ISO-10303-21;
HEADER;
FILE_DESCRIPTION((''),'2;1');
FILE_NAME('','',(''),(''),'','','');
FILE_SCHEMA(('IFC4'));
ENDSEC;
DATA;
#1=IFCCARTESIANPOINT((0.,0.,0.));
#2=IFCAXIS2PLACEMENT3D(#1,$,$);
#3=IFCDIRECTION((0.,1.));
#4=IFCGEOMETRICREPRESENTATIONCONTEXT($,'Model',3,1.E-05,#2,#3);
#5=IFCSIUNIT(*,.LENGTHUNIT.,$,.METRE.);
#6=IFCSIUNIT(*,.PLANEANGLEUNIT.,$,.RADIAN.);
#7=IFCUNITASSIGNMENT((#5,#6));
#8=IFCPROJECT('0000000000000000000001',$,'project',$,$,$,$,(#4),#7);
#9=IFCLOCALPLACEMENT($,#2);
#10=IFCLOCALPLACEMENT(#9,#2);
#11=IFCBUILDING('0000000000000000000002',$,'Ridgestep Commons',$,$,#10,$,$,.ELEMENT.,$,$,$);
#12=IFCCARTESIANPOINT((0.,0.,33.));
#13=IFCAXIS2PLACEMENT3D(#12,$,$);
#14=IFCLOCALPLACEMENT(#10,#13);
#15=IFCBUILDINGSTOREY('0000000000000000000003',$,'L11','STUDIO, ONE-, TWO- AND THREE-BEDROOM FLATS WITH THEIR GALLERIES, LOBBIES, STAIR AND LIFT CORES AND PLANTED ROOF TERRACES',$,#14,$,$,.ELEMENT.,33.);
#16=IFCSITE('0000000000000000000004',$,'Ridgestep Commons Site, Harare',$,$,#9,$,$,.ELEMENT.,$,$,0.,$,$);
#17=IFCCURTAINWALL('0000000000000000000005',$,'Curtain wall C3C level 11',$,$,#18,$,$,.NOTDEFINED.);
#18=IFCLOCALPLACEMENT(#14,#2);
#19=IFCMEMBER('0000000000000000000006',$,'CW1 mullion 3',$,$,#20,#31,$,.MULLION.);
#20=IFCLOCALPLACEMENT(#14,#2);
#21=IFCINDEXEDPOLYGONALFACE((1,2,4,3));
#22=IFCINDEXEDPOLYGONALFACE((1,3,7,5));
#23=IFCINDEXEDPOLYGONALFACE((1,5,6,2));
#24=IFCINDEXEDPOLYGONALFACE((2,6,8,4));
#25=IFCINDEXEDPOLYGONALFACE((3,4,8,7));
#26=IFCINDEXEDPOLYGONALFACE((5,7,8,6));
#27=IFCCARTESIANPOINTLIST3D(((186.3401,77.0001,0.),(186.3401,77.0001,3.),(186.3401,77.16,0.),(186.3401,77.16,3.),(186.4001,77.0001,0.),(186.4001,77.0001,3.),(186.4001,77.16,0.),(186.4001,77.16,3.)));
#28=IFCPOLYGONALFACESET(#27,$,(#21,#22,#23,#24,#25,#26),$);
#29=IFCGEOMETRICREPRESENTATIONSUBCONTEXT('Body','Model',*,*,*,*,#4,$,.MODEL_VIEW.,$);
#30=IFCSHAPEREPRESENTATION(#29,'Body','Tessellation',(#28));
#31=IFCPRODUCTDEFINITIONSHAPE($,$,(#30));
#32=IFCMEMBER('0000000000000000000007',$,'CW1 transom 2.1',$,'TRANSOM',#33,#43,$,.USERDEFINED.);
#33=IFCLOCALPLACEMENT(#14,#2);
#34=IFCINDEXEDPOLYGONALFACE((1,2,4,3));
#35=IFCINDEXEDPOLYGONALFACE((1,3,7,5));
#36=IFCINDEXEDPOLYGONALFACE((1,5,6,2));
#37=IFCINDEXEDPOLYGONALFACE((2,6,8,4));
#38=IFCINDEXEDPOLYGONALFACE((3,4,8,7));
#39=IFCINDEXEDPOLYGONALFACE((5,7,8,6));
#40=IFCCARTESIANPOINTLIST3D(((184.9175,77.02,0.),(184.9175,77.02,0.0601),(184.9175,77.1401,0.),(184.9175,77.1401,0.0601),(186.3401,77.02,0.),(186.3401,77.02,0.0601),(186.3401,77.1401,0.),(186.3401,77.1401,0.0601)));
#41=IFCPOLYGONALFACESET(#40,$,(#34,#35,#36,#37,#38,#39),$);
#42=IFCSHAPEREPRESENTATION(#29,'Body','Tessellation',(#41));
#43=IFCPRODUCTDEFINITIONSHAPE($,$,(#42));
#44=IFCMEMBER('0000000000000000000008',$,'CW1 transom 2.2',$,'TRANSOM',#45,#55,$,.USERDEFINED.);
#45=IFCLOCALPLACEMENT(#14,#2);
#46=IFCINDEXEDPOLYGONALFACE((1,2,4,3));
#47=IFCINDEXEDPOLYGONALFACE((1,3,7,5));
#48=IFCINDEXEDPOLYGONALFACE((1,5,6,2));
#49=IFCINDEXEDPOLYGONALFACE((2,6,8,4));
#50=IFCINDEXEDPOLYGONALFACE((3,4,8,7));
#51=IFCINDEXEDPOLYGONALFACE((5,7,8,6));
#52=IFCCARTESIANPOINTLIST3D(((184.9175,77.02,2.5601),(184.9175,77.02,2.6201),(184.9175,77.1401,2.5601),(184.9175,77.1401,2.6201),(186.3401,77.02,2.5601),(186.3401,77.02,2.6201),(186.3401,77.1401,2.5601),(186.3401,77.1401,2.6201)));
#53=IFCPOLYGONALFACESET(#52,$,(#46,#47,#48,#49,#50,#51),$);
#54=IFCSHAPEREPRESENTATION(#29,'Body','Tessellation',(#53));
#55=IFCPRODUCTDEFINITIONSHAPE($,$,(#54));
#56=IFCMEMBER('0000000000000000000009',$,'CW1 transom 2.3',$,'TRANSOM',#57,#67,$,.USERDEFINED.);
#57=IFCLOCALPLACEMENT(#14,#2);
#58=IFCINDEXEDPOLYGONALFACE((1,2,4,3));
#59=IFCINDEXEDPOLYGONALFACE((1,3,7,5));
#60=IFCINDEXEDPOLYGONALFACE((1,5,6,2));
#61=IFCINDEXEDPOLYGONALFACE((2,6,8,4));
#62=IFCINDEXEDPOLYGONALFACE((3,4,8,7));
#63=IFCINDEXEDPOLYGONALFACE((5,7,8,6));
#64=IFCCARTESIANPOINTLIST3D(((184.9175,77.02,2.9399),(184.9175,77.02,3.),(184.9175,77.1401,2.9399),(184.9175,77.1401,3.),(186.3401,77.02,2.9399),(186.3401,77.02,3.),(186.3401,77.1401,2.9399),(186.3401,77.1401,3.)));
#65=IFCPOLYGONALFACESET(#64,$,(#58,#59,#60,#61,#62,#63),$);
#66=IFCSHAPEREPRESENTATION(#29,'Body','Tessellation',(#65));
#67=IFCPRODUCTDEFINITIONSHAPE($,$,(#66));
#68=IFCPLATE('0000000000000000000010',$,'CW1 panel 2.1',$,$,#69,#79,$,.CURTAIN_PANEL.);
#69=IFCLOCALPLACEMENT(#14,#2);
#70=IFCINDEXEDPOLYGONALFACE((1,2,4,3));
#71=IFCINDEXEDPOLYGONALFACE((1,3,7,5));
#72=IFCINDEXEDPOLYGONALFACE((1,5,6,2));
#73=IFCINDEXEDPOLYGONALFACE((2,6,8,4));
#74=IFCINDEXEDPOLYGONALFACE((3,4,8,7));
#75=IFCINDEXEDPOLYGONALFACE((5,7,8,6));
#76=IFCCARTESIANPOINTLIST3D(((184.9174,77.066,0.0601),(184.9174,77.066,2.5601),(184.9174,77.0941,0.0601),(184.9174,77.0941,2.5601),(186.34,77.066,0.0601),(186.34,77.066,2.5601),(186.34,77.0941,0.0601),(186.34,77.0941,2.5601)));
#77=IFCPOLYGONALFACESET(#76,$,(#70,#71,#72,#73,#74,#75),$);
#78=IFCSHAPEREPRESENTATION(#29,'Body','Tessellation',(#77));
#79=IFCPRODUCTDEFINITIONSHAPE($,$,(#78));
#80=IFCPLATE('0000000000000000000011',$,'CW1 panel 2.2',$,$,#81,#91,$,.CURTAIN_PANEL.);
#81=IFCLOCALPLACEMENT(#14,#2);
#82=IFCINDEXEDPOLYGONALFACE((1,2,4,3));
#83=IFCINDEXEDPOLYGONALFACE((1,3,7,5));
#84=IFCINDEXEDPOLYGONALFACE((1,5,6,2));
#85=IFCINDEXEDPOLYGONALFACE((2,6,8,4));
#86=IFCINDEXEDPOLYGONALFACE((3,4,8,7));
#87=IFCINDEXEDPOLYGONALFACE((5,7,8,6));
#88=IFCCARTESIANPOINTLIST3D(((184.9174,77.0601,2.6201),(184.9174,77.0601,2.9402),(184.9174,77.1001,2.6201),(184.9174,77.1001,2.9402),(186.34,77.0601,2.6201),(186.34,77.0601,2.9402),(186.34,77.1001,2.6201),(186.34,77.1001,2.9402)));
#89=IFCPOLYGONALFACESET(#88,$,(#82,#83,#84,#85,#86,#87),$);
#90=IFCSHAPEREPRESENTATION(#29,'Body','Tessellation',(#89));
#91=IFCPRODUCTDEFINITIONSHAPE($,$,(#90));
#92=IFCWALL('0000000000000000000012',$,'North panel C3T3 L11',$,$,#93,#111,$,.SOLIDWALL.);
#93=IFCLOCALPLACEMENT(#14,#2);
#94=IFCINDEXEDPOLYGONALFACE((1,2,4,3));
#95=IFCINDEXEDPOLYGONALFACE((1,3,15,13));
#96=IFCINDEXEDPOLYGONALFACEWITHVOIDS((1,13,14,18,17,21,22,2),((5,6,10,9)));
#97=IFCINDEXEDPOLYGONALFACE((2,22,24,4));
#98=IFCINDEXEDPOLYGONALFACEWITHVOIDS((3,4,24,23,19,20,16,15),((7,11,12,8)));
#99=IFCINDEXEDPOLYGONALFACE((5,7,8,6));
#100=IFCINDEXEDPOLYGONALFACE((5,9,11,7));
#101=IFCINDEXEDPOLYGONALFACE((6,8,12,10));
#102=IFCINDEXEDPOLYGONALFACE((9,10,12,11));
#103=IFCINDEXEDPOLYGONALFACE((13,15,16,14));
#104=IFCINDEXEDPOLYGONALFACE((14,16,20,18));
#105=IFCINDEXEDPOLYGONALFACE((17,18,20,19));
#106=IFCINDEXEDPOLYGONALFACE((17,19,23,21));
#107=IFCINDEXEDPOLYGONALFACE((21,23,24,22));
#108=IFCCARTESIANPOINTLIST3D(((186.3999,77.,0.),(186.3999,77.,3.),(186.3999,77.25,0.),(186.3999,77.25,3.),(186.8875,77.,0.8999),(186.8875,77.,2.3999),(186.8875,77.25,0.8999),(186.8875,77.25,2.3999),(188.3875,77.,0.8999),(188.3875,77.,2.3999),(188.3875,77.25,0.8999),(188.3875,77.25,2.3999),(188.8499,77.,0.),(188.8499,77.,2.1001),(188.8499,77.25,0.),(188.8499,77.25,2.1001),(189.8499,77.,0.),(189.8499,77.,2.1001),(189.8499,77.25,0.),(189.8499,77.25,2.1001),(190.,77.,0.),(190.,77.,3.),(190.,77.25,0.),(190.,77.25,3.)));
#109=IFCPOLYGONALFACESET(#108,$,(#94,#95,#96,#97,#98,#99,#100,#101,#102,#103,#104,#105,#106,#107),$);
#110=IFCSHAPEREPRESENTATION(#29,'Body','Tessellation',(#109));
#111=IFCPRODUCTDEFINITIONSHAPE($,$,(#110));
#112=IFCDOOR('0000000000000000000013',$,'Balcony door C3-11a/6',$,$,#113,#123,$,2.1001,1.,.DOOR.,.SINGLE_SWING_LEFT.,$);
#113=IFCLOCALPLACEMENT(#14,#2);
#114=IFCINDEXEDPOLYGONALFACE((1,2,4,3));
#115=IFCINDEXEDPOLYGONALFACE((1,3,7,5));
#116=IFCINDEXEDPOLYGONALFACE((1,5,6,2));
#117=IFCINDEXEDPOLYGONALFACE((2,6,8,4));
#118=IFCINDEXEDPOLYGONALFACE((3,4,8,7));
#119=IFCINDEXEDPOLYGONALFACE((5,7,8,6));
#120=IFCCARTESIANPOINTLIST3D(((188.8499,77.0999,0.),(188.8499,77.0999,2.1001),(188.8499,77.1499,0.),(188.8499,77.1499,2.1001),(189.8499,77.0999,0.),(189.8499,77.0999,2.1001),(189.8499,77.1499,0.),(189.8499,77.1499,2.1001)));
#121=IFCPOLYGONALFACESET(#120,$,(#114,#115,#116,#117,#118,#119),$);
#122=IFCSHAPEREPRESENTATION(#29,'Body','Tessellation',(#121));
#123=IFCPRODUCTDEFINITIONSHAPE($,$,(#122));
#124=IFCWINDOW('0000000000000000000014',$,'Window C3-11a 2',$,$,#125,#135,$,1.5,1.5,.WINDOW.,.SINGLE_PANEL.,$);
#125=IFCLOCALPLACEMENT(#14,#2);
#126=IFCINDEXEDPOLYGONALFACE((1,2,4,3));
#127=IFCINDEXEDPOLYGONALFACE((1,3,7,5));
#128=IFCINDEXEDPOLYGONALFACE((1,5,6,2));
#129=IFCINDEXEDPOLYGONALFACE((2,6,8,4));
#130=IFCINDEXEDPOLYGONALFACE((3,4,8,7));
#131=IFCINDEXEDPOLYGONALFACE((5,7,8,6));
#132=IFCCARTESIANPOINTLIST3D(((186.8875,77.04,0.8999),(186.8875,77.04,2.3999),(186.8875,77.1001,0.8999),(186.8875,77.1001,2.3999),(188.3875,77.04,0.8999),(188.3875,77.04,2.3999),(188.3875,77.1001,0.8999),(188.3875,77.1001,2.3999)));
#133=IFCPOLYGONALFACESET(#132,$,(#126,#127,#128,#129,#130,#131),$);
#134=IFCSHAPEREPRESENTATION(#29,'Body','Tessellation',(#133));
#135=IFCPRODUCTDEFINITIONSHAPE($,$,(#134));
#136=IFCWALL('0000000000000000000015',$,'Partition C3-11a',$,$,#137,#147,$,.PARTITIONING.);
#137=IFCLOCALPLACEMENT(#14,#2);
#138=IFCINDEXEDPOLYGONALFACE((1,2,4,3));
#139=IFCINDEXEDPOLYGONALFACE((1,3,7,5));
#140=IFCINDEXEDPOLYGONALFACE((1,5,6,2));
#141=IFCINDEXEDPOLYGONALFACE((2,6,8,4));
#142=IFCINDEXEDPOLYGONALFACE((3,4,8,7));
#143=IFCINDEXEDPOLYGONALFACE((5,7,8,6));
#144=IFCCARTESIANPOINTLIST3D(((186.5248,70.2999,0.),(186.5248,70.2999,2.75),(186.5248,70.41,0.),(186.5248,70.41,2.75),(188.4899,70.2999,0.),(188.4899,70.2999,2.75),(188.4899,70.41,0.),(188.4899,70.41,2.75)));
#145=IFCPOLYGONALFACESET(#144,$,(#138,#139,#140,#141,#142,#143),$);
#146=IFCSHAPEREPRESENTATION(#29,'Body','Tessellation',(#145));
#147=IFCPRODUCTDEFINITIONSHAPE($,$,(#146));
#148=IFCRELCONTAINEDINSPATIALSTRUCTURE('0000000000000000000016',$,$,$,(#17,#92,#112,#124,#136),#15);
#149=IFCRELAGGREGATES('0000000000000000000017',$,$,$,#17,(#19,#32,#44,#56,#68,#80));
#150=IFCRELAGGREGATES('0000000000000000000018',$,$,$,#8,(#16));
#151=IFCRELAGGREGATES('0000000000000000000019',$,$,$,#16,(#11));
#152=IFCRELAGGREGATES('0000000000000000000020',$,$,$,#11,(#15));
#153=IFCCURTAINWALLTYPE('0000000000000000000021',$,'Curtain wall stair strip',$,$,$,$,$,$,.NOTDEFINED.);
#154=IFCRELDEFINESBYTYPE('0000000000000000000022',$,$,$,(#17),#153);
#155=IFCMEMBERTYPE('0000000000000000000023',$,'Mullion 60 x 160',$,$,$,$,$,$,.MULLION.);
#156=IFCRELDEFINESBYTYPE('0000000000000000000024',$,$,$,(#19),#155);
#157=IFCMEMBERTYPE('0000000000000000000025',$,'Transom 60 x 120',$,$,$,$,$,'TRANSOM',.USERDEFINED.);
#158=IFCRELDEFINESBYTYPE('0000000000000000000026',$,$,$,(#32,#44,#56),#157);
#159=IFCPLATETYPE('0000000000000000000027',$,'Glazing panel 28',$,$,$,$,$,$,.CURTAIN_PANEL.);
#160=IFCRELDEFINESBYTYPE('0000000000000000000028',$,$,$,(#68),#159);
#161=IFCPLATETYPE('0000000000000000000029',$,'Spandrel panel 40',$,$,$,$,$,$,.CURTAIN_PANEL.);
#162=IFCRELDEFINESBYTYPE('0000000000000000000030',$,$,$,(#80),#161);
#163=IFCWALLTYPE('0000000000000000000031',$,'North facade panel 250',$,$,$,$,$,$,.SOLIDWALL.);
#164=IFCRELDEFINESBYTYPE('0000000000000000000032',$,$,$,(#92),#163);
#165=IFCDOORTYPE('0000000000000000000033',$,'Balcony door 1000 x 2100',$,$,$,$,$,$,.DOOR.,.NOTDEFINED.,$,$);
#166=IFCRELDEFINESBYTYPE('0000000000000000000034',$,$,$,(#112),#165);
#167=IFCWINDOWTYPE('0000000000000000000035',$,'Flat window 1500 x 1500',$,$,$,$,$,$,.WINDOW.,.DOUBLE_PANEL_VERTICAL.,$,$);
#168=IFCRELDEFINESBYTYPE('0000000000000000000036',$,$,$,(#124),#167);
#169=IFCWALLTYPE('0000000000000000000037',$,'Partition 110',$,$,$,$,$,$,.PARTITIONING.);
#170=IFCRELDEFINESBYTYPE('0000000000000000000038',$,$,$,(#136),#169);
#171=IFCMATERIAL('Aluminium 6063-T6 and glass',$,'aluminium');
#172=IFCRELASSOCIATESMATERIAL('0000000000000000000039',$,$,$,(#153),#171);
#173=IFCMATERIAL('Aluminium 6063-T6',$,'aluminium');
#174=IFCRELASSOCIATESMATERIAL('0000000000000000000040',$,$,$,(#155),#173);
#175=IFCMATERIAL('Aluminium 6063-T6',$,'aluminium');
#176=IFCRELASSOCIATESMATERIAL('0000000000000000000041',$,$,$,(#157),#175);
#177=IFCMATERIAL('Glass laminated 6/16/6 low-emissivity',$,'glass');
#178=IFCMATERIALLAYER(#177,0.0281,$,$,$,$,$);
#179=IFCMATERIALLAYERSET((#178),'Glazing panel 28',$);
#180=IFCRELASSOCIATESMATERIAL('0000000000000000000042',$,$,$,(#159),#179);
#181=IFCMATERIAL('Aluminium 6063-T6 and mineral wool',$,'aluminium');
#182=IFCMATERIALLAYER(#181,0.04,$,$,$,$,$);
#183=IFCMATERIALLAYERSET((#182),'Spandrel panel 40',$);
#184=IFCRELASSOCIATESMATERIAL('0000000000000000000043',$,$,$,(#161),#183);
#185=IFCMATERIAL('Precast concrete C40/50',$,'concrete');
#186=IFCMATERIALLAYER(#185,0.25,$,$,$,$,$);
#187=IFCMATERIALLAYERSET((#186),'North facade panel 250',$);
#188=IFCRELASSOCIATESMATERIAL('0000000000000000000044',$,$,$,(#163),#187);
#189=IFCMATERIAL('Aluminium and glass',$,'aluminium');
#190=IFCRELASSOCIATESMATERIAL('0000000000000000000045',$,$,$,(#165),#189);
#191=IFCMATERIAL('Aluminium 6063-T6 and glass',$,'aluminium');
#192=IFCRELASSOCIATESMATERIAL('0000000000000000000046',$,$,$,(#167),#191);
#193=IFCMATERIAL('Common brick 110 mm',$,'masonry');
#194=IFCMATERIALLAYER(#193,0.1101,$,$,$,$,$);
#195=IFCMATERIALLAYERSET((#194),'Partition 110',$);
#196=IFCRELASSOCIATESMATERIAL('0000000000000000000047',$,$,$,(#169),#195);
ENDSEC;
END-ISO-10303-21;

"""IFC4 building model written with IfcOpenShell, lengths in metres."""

from ifc_helpers import new_model, si_unit, direction, frame, frame_2d, origin, origin_2d, place, context, subcontext, project, spatial, rectangle, extrude, material, layer, layer_set, material_profile, profile_set, type_object, element, fill, aggregate, save


model = new_model("IFC4")

# Units and contexts
model_context = context("Model", 3, precision=1e-05, world=origin(), true_north=direction((0.0, 1.0)))
body_context = subcontext(model_context, "Body", "Model", "MODEL_VIEW")
ifc_project = project(units=[si_unit("LENGTHUNIT", "METRE"), si_unit("PLANEANGLEUNIT", "RADIAN")], contexts=[model_context])

# Site, building, storey
site_placement = place(None, origin())
site = spatial("IfcSite", under=ifc_project, at=site_placement, Name="Ridgestep Commons Site, Harare", CompositionType="ELEMENT", RefElevation=0.0)
building_placement = place(site_placement, origin())
building = spatial("IfcBuilding", under=site, at=building_placement, Name="Ridgestep Commons", CompositionType="ELEMENT")
storey_placement = place(building_placement, frame((0.0, 0.0, 33.0)))
storey = spatial("IfcBuildingStorey", under=building, at=storey_placement, Name="L11", Description="STUDIO, ONE-, TWO- AND THREE-BEDROOM FLATS WITH THEIR GALLERIES, LOBBIES, STAIR AND LIFT CORES AND PLANTED ROOF TERRACES", CompositionType="ELEMENT", Elevation=33.0)

# Curtain wall, members, plates
ifc_material_1 = material(Name="Aluminium 6063-T6 and glass", Category="aluminium")
curtain_wall_type = type_object("IfcCurtainWallType", Name="Curtain wall stair strip", PredefinedType="NOTDEFINED", material=ifc_material_1)
curtain_wall_placement = place(storey_placement, origin())
curtain_wall = element("IfcCurtainWall", 1, at=curtain_wall_placement, inside=storey, type_object=curtain_wall_type, Name="Curtain wall C3C level 11", PredefinedType="NOTDEFINED")
ifc_material_2 = material(Name="Aluminium 6063-T6", Category="aluminium")
ifc_material_profile_1 = material_profile(ifc_material_2, rectangle(XDim=0.1599, YDim=0.0601, at=origin_2d()), Name="Mullion 60 x 160")
ifc_profile_set_1 = profile_set([ifc_material_profile_1], Name="Aluminium 6063-T6")
member_type_1 = type_object("IfcMemberType", Name="Mullion 60 x 160", PredefinedType="MULLION", material=ifc_profile_set_1)
member_1_placement = place(storey_placement, frame((186.3701, 77.0801, 0.0), z_axis=(0.0, 0.0, 1.0), x_axis=(0.0, 1.0, 0.0)))
member_1 = element("IfcMember", 2, at=member_1_placement, type_object=member_type_1, Name="CW1 mullion 3", PredefinedType="MULLION", context=body_context, shape_type="SweptSolid", body=[
    extrude(rectangle(XDim=0.1599, YDim=0.0601, at=origin_2d()), origin(), (0.0, 0.0, 1.0), 3.0),
])
ifc_material_3 = material(Name="Aluminium 6063-T6", Category="aluminium")
ifc_material_profile_2 = material_profile(ifc_material_3, rectangle(XDim=0.1201, YDim=0.0601, at=origin_2d()), Name="Transom 60 x 120")
ifc_profile_set_2 = profile_set([ifc_material_profile_2], Name="Aluminium 6063-T6")
member_type_2 = type_object("IfcMemberType", Name="Transom 60 x 120", ElementType="TRANSOM", PredefinedType="USERDEFINED", material=ifc_profile_set_2)
member_2_placement = place(storey_placement, frame((184.9175, 77.0801, 0.03), z_axis=(1.0, 0.0, 0.0), x_axis=(0.0, 1.0, 0.0)))
member_2 = element("IfcMember", 3, at=member_2_placement, type_object=member_type_2, Name="CW1 transom 2.1", ObjectType="TRANSOM", PredefinedType="USERDEFINED", context=body_context, shape_type="SweptSolid", body=[
    extrude(rectangle(XDim=0.1201, YDim=0.0601, at=origin_2d()), origin(), (0.0, 0.0, 1.0), 1.4226),
])
member_3_placement = place(storey_placement, frame((184.9175, 77.0801, 2.5901), z_axis=(1.0, 0.0, 0.0), x_axis=(0.0, 1.0, 0.0)))
member_3 = element("IfcMember", 4, at=member_3_placement, type_object=member_type_2, Name="CW1 transom 2.2", ObjectType="TRANSOM", PredefinedType="USERDEFINED", context=body_context, shape_type="SweptSolid", body=[
    extrude(rectangle(XDim=0.1201, YDim=0.0601, at=origin_2d()), origin(), (0.0, 0.0, 1.0), 1.4226),
])
member_4_placement = place(storey_placement, frame((184.9175, 77.0801, 2.97), z_axis=(1.0, 0.0, 0.0), x_axis=(0.0, 1.0, 0.0)))
member_4 = element("IfcMember", 5, at=member_4_placement, type_object=member_type_2, Name="CW1 transom 2.3", ObjectType="TRANSOM", PredefinedType="USERDEFINED", context=body_context, shape_type="SweptSolid", body=[
    extrude(rectangle(XDim=0.1201, YDim=0.0601, at=origin_2d()), origin(), (0.0, 0.0, 1.0), 1.4226),
])
ifc_material_4 = material(Name="Glass laminated 6/16/6 low-emissivity", Category="glass")
ifc_layer_1 = layer(ifc_material_4, 0.0281)
ifc_layer_set_1 = layer_set([ifc_layer_1], Name="Glazing panel 28")
plate_type_1 = type_object("IfcPlateType", Name="Glazing panel 28", PredefinedType="CURTAIN_PANEL", material=ifc_layer_set_1)
plate_1_placement = place(storey_placement, frame((185.6287, 77.0801, 0.0601), z_axis=(0.0, 0.0, 1.0), x_axis=(1.0, 0.0, 0.0)))
plate_1 = element("IfcPlate", 6, at=plate_1_placement, type_object=plate_type_1, Name="CW1 panel 2.1", PredefinedType="CURTAIN_PANEL", context=body_context, shape_type="SweptSolid", body=[
    extrude(rectangle(XDim=1.4226, YDim=0.0281, at=origin_2d()), origin(), (0.0, 0.0, 1.0), 2.5),
])
ifc_material_5 = material(Name="Aluminium 6063-T6 and mineral wool", Category="aluminium")
ifc_layer_2 = layer(ifc_material_5, 0.04)
ifc_layer_set_2 = layer_set([ifc_layer_2], Name="Spandrel panel 40")
plate_type_2 = type_object("IfcPlateType", Name="Spandrel panel 40", PredefinedType="CURTAIN_PANEL", material=ifc_layer_set_2)
plate_2_placement = place(storey_placement, frame((185.6287, 77.0801, 2.6201), z_axis=(0.0, 0.0, 1.0), x_axis=(1.0, 0.0, 0.0)))
plate_2 = element("IfcPlate", 7, at=plate_2_placement, type_object=plate_type_2, Name="CW1 panel 2.2", PredefinedType="CURTAIN_PANEL", context=body_context, shape_type="SweptSolid", body=[
    extrude(rectangle(XDim=1.4226, YDim=0.04, at=origin_2d()), origin(), (0.0, 0.0, 1.0), 0.3201),
])
aggregate(curtain_wall, [member_1, member_2, member_3, member_4, plate_1, plate_2])

# Wall, openings, door, window
ifc_material_6 = material(Name="Precast concrete C40/50", Category="concrete")
ifc_layer_3 = layer(ifc_material_6, 0.25)
ifc_layer_set_3 = layer_set([ifc_layer_3], Name="North facade panel 250")
wall_type_1 = type_object("IfcWallType", Name="North facade panel 250", PredefinedType="SOLIDWALL", material=ifc_layer_set_3)
wall_1_placement = place(storey_placement, frame((186.3999, 77.125, 0.0), z_axis=(0.0, 0.0, 1.0), x_axis=(1.0, 0.0, 0.0)))
wall_1 = element("IfcWall", 8, at=wall_1_placement, inside=storey, type_object=wall_type_1, Name="North panel C3T3 L11", PredefinedType="SOLIDWALL", context=body_context, shape_type="SweptSolid", body=[
    extrude(rectangle(XDim=3.6001, YDim=0.25, at=frame_2d((1.8, 0.0))), origin(), (0.0, 0.0, 1.0), 3.0),
])
opening_1_placement = place(wall_1_placement, frame((0.4875, 0.0, 0.8999)))
opening_1 = element("IfcOpeningElement", 9, at=opening_1_placement, cuts=wall_1, PredefinedType="OPENING", context=body_context, shape_type="SweptSolid", body=[
    extrude(rectangle(XDim=1.5, YDim=1.5, at=frame_2d((0.75, 0.75))), frame((0.0, 0.135, 0.0), z_axis=(0.0, -1.0, 0.0), x_axis=(1.0, 0.0, 0.0)), (0.0, 0.0, 1.0), 0.27),
])
opening_2_placement = place(wall_1_placement, frame((2.45, 0.0, 0.0)))
opening_2 = element("IfcOpeningElement", 10, at=opening_2_placement, cuts=wall_1, PredefinedType="OPENING", context=body_context, shape_type="SweptSolid", body=[
    extrude(rectangle(XDim=1.0, YDim=2.1001, at=frame_2d((0.5, 1.05))), frame((0.0, 0.135, 0.0), z_axis=(0.0, -1.0, 0.0), x_axis=(1.0, 0.0, 0.0)), (0.0, 0.0, 1.0), 0.27),
])
ifc_material_7 = material(Name="Aluminium and glass", Category="aluminium")
door_type_1 = type_object("IfcDoorType", Name="Balcony door 1000 x 2100", OperationType="NOTDEFINED", PredefinedType="DOOR", material=ifc_material_7)
door_1_placement = place(opening_2_placement, origin())
door_1 = element("IfcDoor", 11, at=door_1_placement, inside=storey, type_object=door_type_1, Name="Balcony door C3-11a/6", OperationType="SINGLE_SWING_LEFT", OverallHeight=2.1001, OverallWidth=1.0, PredefinedType="DOOR", context=body_context, shape_type="SweptSolid", body=[
    extrude(rectangle(XDim=1.0, YDim=2.1001, at=frame_2d((0.5, 1.05))), frame((0.0, 0.0249, 0.0), z_axis=(0.0, -1.0, 0.0), x_axis=(1.0, 0.0, 0.0)), (0.0, 0.0, 1.0), 0.05),
])
fill(opening_2, door_1)
ifc_material_8 = material(Name="Aluminium 6063-T6 and glass", Category="aluminium")
window_type = type_object("IfcWindowType", Name="Flat window 1500 x 1500", PartitioningType="DOUBLE_PANEL_VERTICAL", PredefinedType="WINDOW", material=ifc_material_8)
window_placement = place(opening_1_placement, origin())
window = element("IfcWindow", 12, at=window_placement, inside=storey, type_object=window_type, Name="Window C3-11a 2", OverallHeight=1.5, OverallWidth=1.5, PartitioningType="SINGLE_PANEL", PredefinedType="WINDOW", context=body_context, shape_type="SweptSolid", body=[
    extrude(rectangle(XDim=1.5, YDim=1.5, at=frame_2d((0.75, 0.75))), frame((0.0, -0.0249, 0.0), z_axis=(0.0, -1.0, 0.0), x_axis=(1.0, 0.0, 0.0)), (0.0, 0.0, 1.0), 0.0601),
])
fill(opening_1, window)

# Wall
ifc_material_9 = material(Name="Common brick 110 mm", Category="masonry")
ifc_layer_4 = layer(ifc_material_9, 0.1101)
ifc_layer_set_4 = layer_set([ifc_layer_4], Name="Partition 110")
wall_type_2 = type_object("IfcWallType", Name="Partition 110", PredefinedType="PARTITIONING", material=ifc_layer_set_4)
wall_2_placement = place(storey_placement, frame((186.5249, 70.355, 0.0), z_axis=(0.0, 0.0, 1.0), x_axis=(1.0, 0.0, 0.0)))
element("IfcWall", 13, at=wall_2_placement, inside=storey, type_object=wall_type_2, Name="Partition C3-11a", PredefinedType="PARTITIONING", context=body_context, shape_type="SweptSolid", body=[
    extrude(rectangle(XDim=1.9651, YDim=0.1101, at=frame_2d((0.9824, 0.0))), origin(), (0.0, 0.0, 1.0), 2.75),
])

save(model, "model.ifc")
